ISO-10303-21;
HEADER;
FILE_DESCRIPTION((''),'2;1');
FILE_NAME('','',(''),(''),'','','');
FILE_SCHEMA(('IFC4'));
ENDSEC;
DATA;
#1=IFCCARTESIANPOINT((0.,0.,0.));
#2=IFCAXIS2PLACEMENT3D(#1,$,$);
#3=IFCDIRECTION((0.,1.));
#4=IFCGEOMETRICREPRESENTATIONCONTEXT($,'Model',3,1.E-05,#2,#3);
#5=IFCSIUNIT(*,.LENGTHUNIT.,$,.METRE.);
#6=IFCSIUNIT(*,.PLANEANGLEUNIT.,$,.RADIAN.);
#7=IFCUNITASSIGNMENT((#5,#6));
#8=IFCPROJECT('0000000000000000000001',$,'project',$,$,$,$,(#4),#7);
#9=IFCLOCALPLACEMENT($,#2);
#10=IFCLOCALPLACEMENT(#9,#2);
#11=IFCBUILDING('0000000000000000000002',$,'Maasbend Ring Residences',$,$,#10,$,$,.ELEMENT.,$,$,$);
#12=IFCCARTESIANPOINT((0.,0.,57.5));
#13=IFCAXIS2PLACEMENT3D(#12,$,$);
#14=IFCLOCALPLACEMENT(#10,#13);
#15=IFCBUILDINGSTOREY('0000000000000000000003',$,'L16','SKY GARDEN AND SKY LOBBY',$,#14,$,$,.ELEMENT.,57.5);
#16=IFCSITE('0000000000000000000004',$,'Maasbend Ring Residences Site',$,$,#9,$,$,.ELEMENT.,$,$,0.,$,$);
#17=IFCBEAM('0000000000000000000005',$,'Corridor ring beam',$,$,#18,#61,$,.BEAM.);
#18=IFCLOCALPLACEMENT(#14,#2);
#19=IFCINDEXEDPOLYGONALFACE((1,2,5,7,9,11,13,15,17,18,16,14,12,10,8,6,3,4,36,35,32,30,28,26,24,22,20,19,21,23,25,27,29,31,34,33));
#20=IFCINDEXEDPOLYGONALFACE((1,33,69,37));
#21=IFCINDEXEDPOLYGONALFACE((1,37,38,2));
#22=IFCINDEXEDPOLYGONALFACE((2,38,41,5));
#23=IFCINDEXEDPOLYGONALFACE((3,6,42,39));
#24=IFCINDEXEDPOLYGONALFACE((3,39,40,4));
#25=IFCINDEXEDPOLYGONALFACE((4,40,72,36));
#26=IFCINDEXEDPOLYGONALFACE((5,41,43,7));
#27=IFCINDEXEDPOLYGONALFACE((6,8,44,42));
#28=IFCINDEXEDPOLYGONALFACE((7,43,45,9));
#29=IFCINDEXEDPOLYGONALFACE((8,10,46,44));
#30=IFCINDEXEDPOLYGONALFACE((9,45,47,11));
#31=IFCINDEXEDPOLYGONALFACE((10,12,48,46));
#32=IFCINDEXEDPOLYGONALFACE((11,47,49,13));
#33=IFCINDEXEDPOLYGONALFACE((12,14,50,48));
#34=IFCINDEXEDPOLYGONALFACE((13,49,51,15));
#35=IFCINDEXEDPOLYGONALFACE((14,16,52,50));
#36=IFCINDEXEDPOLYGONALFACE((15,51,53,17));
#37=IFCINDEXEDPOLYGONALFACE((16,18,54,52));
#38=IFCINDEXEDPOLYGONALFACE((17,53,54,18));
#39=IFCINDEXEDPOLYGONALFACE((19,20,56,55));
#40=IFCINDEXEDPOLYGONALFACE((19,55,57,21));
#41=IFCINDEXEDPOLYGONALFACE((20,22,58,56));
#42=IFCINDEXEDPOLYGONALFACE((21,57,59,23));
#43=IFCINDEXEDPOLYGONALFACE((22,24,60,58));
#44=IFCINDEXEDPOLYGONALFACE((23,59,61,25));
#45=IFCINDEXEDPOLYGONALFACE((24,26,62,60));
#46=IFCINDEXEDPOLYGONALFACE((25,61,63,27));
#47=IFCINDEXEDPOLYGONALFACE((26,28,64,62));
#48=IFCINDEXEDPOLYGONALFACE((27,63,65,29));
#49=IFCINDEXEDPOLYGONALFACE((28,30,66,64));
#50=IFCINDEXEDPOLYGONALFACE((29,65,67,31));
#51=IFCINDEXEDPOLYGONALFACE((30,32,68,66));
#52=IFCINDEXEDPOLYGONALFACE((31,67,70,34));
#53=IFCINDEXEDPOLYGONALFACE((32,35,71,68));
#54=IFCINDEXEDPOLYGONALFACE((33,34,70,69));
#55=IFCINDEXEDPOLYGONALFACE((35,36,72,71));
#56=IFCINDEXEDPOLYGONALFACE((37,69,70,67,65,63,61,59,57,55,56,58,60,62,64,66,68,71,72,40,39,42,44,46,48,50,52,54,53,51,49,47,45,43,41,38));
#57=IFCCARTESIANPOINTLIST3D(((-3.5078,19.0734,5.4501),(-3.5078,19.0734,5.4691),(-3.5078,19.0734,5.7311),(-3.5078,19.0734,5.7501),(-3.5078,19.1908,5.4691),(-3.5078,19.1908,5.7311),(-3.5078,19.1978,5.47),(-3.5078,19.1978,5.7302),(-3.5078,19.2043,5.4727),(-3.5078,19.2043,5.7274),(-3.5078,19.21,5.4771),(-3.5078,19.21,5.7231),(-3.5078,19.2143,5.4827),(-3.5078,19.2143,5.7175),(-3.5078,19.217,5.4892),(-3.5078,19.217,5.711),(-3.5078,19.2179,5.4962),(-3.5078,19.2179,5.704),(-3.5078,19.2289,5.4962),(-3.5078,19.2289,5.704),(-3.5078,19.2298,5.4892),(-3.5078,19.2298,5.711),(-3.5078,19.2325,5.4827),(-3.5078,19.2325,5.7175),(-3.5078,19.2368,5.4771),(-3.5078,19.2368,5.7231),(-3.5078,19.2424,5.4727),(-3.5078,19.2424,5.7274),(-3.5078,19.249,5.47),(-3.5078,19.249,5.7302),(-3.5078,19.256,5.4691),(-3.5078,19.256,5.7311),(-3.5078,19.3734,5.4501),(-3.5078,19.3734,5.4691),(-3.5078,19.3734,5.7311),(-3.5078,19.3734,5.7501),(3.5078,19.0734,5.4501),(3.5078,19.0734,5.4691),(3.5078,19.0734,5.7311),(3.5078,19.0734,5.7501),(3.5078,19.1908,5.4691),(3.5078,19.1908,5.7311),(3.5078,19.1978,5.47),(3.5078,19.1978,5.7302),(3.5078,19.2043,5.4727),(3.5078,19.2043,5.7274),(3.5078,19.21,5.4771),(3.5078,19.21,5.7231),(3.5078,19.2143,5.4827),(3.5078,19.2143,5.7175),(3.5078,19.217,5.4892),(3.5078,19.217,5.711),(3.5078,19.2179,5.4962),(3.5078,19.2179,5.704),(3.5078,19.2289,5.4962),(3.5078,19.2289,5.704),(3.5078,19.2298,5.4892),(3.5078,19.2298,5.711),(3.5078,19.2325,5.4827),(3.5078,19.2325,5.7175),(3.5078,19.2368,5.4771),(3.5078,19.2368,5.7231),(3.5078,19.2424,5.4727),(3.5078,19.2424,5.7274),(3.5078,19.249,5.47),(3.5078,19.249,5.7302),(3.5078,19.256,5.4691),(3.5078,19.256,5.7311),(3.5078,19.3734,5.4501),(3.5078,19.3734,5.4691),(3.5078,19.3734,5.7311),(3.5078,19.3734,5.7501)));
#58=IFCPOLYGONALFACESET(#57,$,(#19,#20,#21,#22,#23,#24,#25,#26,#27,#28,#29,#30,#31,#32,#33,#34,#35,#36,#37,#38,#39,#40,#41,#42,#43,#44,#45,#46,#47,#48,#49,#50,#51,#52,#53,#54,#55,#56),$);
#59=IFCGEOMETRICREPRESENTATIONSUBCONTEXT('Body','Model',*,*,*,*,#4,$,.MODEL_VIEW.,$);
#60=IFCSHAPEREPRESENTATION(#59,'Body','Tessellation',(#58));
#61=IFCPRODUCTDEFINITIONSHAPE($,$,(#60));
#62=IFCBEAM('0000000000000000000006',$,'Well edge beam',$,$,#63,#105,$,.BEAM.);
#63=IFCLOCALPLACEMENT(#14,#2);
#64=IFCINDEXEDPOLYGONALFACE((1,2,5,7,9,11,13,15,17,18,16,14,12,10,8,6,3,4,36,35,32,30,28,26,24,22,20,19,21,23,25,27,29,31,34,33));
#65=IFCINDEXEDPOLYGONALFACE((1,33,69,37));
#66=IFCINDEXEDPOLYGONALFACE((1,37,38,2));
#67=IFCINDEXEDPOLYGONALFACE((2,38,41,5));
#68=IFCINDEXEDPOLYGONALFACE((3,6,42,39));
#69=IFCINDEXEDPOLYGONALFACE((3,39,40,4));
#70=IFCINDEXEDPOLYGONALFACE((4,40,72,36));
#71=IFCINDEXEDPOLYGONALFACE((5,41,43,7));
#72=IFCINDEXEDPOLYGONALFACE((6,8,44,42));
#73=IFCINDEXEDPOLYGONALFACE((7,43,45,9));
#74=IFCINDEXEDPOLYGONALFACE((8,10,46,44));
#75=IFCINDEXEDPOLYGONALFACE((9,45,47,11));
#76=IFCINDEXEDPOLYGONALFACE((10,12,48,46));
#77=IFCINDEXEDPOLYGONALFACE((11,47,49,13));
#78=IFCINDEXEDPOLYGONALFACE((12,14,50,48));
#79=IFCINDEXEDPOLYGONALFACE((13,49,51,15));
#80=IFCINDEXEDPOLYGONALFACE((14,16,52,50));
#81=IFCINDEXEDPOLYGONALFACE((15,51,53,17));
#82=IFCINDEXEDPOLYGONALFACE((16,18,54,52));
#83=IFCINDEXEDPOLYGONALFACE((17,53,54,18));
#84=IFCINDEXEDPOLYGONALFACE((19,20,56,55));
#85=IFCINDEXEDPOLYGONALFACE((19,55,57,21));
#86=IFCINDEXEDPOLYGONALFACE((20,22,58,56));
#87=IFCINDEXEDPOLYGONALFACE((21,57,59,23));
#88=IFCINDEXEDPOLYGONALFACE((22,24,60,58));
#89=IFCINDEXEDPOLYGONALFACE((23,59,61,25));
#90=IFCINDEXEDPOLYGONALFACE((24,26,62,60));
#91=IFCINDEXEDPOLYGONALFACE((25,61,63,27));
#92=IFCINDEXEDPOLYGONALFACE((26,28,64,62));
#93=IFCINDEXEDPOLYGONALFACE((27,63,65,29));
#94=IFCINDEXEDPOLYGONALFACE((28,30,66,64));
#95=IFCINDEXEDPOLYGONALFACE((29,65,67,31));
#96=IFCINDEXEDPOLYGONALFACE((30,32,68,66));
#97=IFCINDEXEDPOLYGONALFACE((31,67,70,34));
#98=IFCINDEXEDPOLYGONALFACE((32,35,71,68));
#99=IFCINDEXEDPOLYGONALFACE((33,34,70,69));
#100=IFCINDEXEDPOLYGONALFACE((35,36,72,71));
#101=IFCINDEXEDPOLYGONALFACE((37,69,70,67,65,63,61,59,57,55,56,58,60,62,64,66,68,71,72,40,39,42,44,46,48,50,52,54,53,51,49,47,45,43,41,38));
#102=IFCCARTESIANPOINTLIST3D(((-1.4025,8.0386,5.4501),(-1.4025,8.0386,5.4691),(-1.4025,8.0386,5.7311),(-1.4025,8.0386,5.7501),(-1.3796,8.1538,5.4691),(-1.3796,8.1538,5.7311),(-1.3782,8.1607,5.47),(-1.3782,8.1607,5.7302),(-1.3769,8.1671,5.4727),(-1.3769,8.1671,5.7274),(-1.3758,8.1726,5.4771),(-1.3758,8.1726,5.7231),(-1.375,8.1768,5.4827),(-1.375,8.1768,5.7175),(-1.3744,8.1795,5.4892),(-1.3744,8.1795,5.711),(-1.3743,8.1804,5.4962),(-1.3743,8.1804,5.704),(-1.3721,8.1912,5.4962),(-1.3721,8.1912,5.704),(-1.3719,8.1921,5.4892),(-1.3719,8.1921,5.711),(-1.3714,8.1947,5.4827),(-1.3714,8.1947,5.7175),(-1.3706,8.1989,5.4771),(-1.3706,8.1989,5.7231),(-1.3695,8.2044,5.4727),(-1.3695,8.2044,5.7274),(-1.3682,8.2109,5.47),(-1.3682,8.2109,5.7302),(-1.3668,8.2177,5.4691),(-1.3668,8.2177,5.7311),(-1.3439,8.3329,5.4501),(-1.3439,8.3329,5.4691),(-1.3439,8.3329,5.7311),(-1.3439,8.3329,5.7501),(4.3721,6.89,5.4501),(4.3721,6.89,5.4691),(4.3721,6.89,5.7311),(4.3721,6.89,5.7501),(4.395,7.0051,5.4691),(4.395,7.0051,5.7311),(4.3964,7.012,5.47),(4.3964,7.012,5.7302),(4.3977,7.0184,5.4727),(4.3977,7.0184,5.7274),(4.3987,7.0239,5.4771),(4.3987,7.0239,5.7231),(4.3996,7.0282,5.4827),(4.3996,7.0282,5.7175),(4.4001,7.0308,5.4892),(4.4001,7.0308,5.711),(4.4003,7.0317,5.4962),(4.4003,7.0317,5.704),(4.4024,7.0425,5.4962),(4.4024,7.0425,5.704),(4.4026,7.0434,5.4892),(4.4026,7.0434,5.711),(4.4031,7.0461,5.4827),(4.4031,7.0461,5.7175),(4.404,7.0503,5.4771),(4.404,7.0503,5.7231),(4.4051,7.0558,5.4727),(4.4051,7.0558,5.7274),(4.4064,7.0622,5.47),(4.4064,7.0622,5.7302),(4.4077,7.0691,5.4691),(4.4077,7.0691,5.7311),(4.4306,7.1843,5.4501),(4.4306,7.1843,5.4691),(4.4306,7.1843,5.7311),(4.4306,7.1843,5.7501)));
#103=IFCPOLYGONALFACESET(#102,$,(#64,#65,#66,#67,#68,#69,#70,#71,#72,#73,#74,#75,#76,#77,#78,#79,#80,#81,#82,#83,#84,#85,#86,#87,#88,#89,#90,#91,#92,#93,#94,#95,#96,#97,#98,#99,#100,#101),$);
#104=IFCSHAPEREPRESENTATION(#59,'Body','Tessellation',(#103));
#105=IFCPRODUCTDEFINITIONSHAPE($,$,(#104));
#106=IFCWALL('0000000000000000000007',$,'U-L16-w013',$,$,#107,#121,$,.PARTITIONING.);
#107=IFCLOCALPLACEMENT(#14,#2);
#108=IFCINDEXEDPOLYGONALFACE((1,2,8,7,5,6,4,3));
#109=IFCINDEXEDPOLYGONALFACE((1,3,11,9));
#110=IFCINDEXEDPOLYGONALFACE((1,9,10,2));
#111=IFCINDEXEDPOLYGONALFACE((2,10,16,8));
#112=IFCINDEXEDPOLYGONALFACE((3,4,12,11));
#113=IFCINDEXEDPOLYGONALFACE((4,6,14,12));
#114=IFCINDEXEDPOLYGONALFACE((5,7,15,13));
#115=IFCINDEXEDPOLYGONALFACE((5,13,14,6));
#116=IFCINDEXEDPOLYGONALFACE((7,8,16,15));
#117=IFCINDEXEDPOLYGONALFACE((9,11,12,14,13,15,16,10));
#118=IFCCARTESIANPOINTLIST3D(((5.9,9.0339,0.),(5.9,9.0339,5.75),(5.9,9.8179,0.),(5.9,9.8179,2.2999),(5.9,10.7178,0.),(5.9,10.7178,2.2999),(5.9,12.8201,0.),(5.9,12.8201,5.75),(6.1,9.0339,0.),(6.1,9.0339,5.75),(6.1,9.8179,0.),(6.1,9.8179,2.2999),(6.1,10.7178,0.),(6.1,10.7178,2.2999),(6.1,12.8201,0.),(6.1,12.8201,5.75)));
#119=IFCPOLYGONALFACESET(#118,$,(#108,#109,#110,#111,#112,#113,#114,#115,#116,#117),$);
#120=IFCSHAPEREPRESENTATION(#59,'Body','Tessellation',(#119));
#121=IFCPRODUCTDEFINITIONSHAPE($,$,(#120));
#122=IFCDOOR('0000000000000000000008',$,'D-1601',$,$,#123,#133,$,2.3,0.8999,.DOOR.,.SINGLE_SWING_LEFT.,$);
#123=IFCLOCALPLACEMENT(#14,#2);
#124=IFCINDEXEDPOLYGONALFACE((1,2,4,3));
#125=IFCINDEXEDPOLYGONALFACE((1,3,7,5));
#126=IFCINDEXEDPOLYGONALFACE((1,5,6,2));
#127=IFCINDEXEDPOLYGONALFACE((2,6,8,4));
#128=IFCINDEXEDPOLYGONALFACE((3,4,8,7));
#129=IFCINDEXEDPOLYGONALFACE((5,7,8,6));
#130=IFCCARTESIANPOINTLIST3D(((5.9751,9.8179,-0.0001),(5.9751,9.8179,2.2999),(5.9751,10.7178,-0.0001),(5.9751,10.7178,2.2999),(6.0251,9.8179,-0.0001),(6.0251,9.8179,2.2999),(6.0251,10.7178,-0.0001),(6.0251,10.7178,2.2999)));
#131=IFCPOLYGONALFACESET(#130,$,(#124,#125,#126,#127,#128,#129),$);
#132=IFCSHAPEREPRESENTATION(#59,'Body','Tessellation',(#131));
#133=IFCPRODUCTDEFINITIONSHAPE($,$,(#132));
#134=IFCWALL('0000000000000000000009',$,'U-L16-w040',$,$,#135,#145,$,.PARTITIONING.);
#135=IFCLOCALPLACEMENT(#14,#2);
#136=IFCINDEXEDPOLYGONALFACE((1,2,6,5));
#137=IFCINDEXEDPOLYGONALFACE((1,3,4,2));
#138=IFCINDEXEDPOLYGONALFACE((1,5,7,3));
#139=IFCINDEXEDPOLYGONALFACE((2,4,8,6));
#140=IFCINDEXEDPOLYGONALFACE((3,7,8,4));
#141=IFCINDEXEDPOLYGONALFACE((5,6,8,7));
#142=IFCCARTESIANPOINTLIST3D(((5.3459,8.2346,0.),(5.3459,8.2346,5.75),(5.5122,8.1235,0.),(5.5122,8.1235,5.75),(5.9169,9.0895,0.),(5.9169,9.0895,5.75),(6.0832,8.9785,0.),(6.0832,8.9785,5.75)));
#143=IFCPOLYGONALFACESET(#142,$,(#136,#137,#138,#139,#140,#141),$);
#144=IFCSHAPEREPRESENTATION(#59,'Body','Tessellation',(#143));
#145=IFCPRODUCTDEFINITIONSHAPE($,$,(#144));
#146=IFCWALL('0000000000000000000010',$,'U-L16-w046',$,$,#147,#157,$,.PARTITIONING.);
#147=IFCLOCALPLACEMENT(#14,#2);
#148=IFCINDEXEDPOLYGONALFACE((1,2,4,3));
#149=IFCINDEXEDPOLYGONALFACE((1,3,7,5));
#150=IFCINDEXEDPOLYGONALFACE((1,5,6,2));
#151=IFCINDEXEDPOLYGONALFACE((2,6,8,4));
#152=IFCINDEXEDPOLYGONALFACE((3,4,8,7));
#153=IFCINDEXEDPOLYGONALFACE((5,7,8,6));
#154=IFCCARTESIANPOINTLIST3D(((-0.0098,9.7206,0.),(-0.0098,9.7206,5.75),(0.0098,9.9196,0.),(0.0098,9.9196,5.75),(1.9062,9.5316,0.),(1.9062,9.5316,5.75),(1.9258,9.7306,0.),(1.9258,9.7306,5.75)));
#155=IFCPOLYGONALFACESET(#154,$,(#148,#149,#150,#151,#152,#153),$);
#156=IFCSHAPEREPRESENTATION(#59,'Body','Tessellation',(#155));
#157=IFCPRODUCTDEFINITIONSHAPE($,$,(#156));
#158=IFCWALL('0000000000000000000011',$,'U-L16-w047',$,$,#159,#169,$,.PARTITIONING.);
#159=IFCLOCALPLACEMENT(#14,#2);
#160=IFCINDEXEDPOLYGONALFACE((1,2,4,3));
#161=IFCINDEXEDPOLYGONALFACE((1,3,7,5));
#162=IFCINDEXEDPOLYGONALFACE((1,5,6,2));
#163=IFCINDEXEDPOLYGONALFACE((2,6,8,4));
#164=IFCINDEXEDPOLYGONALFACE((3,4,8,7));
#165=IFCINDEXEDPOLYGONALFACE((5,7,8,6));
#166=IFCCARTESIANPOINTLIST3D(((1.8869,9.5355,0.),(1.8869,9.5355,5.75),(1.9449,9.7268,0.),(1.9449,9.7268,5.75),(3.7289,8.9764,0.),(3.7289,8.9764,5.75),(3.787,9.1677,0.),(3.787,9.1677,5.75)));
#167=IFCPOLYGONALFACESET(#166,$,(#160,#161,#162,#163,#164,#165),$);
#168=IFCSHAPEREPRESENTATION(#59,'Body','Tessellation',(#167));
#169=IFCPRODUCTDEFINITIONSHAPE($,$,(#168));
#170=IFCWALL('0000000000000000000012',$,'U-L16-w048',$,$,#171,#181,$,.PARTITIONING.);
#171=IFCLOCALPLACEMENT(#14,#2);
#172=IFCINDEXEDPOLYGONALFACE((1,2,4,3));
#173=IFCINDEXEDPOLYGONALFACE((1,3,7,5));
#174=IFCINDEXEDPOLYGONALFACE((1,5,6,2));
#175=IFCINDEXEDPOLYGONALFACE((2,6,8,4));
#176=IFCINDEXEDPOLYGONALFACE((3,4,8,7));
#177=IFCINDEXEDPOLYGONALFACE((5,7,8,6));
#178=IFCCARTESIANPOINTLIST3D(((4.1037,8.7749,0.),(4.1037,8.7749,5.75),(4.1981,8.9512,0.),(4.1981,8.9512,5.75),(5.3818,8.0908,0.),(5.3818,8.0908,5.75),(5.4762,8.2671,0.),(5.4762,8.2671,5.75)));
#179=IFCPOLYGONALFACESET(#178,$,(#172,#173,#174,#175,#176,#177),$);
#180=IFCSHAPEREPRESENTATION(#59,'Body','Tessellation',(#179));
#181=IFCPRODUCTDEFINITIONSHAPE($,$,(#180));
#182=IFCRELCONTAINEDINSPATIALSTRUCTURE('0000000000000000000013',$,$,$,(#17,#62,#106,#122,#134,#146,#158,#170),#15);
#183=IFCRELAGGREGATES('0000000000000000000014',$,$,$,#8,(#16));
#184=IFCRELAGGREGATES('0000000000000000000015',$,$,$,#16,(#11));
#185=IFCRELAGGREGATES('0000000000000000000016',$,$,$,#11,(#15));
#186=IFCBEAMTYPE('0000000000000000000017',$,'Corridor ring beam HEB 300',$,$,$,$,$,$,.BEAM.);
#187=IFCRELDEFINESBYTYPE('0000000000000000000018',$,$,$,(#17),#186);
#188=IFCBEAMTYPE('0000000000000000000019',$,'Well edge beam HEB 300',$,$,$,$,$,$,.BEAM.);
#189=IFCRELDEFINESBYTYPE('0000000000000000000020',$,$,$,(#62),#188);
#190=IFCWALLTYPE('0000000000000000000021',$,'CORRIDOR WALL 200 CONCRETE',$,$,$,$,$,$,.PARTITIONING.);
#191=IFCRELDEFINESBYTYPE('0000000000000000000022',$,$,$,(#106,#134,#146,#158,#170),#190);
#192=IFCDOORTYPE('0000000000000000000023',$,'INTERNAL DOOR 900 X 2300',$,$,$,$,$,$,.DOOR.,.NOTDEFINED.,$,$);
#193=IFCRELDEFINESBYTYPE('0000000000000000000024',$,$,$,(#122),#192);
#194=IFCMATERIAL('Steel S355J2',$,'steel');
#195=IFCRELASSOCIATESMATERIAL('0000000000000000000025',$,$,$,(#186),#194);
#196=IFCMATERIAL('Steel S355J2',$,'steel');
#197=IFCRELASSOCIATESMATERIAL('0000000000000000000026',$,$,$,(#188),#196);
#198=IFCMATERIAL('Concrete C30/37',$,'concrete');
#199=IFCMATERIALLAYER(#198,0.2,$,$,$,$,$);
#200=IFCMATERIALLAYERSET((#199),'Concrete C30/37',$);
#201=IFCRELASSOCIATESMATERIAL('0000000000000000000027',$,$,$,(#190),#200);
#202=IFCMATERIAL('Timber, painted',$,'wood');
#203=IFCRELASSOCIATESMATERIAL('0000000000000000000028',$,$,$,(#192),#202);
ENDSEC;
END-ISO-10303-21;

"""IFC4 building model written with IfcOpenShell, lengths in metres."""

from ifc_helpers import new_model, si_unit, direction, frame, frame_2d, origin, origin_2d, place, context, subcontext, project, spatial, rectangle, i_section, extrude, material, layer, layer_set, material_profile, profile_set, type_object, element, fill, save


model = new_model("IFC4")

# Units and contexts
model_context = context("Model", 3, precision=1e-05, world=origin(), true_north=direction((0.0, 1.0)))
body_context = subcontext(model_context, "Body", "Model", "MODEL_VIEW")
ifc_project = project(units=[si_unit("LENGTHUNIT", "METRE"), si_unit("PLANEANGLEUNIT", "RADIAN")], contexts=[model_context])

# Site, building, storey
site_placement = place(None, origin())
site = spatial("IfcSite", under=ifc_project, at=site_placement, Name="Maasbend Ring Residences Site", CompositionType="ELEMENT", RefElevation=0.0)
building_placement = place(site_placement, origin())
building = spatial("IfcBuilding", under=site, at=building_placement, Name="Maasbend Ring Residences", CompositionType="ELEMENT")
storey_placement = place(building_placement, frame((0.0, 0.0, 57.5)))
storey = spatial("IfcBuildingStorey", under=building, at=storey_placement, Name="L16", Description="SKY GARDEN AND SKY LOBBY", CompositionType="ELEMENT", Elevation=57.5)

# Beams
ifc_material_1 = material(Name="Steel S355J2", Category="steel")
ifc_material_profile_1 = material_profile(ifc_material_1, i_section(OverallWidth=0.3, OverallDepth=0.3, WebThickness=0.011, FlangeThickness=0.019, FilletRadius=0.0271, at=origin_2d()), Name="HEB 300")
ifc_profile_set_1 = profile_set([ifc_material_profile_1], Name="Steel S355J2")
beam_type_1 = type_object("IfcBeamType", Name="Corridor ring beam HEB 300", PredefinedType="BEAM", material=ifc_profile_set_1)
beam_1_placement = place(storey_placement, frame((3.5078, 19.2234, 5.6001), z_axis=(-1.0, 0.0, 0.0), x_axis=(0.0, -1.0, 0.0)))
element("IfcBeam", 1, at=beam_1_placement, inside=storey, type_object=beam_type_1, Name="Corridor ring beam", PredefinedType="BEAM", context=body_context, shape_type="SweptSolid", body=[
    extrude(i_section(OverallWidth=0.3, OverallDepth=0.3, WebThickness=0.011, FlangeThickness=0.019, FilletRadius=0.0271, at=origin_2d()), origin(), (0.0, 0.0, 1.0), 7.0156),
])
ifc_material_2 = material(Name="Steel S355J2", Category="steel")
ifc_material_profile_2 = material_profile(ifc_material_2, i_section(OverallWidth=0.3, OverallDepth=0.3, WebThickness=0.011, FlangeThickness=0.019, FilletRadius=0.0271, at=origin_2d()), Name="HEB 300")
ifc_profile_set_2 = profile_set([ifc_material_profile_2], Name="Steel S355J2")
beam_type_2 = type_object("IfcBeamType", Name="Well edge beam HEB 300", PredefinedType="BEAM", material=ifc_profile_set_2)
beam_2_placement = place(storey_placement, frame((4.4014, 7.0371, 5.6001), z_axis=(-0.980784, 0.195095, 0.0), x_axis=(-0.195095, -0.980784, 0.0)))
element("IfcBeam", 2, at=beam_2_placement, inside=storey, type_object=beam_type_2, Name="Well edge beam", PredefinedType="BEAM", context=body_context, shape_type="SweptSolid", body=[
    extrude(i_section(OverallWidth=0.3, OverallDepth=0.3, WebThickness=0.011, FlangeThickness=0.019, FilletRadius=0.0271, at=origin_2d()), origin(), (0.0, 0.0, 1.0), 5.8877),
])

# Wall, opening, door
ifc_material_3 = material(Name="Concrete C30/37", Category="concrete")
ifc_layer_1 = layer(ifc_material_3, 0.2)
ifc_layer_set_1 = layer_set([ifc_layer_1], Name="Concrete C30/37")
wall_type_1 = type_object("IfcWallType", Name="CORRIDOR WALL 200 CONCRETE", PredefinedType="PARTITIONING", material=ifc_layer_set_1)
wall_1_placement = place(storey_placement, frame((6.0, 9.0339, 0.0), z_axis=(0.0, 0.0, 1.0), x_axis=(0.0, 1.0, 0.0)))
wall_1 = element("IfcWall", 3, at=wall_1_placement, inside=storey, type_object=wall_type_1, Name="U-L16-w013", PredefinedType="PARTITIONING", context=body_context, shape_type="SweptSolid", body=[
    extrude(rectangle(XDim=3.7861, YDim=0.2, at=frame_2d((1.8931, 0.0))), origin(), (0.0, 0.0, 1.0), 5.75),
])
opening_1_placement = place(wall_1_placement, frame((0.7839, 0.0, 0.0)))
opening_1 = element("IfcOpeningElement", 4, at=opening_1_placement, cuts=wall_1, PredefinedType="OPENING", context=body_context, shape_type="SweptSolid", body=[
    extrude(rectangle(XDim=0.8999, YDim=2.3, at=frame_2d((0.45, 1.1499))), frame((0.0, 0.1099, 0.0), z_axis=(0.0, -1.0, 0.0), x_axis=(1.0, 0.0, 0.0)), (0.0, 0.0, 1.0), 0.22),
])
ifc_material_4 = material(Name="Timber, painted", Category="wood")
door_type_1 = type_object("IfcDoorType", Name="INTERNAL DOOR 900 X 2300", OperationType="NOTDEFINED", PredefinedType="DOOR", material=ifc_material_4)
door_1_placement = place(opening_1_placement, origin())
door_1 = element("IfcDoor", 5, at=door_1_placement, inside=storey, type_object=door_type_1, Name="D-1601", OperationType="SINGLE_SWING_LEFT", OverallHeight=2.3, OverallWidth=0.8999, PredefinedType="DOOR", context=body_context, shape_type="SweptSolid", body=[
    extrude(rectangle(XDim=0.8999, YDim=2.3, at=frame_2d((0.45, 1.1499))), frame((0.0, 0.0249, 0.0), z_axis=(0.0, -1.0, 0.0), x_axis=(1.0, 0.0, 0.0)), (0.0, 0.0, 1.0), 0.05),
])
fill(opening_1, door_1)

# Walls
wall_2_placement = place(storey_placement, frame((5.429, 8.179, 0.0), z_axis=(0.0, 0.0, 1.0), x_axis=(0.555412, 0.831575, 0.0)))
element("IfcWall", 6, at=wall_2_placement, inside=storey, type_object=wall_type_1, Name="U-L16-w040", PredefinedType="PARTITIONING", context=body_context, shape_type="SweptSolid", body=[
    extrude(rectangle(XDim=1.0281, YDim=0.2, at=frame_2d((0.5142, 0.0))), origin(), (0.0, 0.0, 1.0), 5.75),
])
wall_3_placement = place(storey_placement, frame((0.0, 9.8201, 0.0), z_axis=(0.0, 0.0, 1.0), x_axis=(0.995172, -0.098148, 0.0)))
element("IfcWall", 7, at=wall_3_placement, inside=storey, type_object=wall_type_1, Name="U-L16-w046", PredefinedType="PARTITIONING", context=body_context, shape_type="SweptSolid", body=[
    extrude(rectangle(XDim=1.9253, YDim=0.2, at=frame_2d((0.9626, 0.0))), origin(), (0.0, 0.0, 1.0), 5.75),
])
wall_4_placement = place(storey_placement, frame((1.916, 9.6311, 0.0), z_axis=(0.0, 0.0, 1.0), x_axis=(0.956896, -0.29043, 0.0)))
element("IfcWall", 8, at=wall_4_placement, inside=storey, type_object=wall_type_1, Name="U-L16-w047", PredefinedType="PARTITIONING", context=body_context, shape_type="SweptSolid", body=[
    extrude(rectangle(XDim=1.925, YDim=0.2, at=frame_2d((0.9624, 0.0))), origin(), (0.0, 0.0, 1.0), 5.75),
])
wall_5_placement = place(storey_placement, frame((4.1509, 8.863, 0.0), z_axis=(0.0, 0.0, 1.0), x_axis=(0.881653, -0.471899, 0.0)))
element("IfcWall", 9, at=wall_5_placement, inside=storey, type_object=wall_type_1, Name="U-L16-w048", PredefinedType="PARTITIONING", context=body_context, shape_type="SweptSolid", body=[
    extrude(rectangle(XDim=1.4497, YDim=0.2, at=frame_2d((0.7249, 0.0))), origin(), (0.0, 0.0, 1.0), 5.75),
])

save(model, "model.ifc")
